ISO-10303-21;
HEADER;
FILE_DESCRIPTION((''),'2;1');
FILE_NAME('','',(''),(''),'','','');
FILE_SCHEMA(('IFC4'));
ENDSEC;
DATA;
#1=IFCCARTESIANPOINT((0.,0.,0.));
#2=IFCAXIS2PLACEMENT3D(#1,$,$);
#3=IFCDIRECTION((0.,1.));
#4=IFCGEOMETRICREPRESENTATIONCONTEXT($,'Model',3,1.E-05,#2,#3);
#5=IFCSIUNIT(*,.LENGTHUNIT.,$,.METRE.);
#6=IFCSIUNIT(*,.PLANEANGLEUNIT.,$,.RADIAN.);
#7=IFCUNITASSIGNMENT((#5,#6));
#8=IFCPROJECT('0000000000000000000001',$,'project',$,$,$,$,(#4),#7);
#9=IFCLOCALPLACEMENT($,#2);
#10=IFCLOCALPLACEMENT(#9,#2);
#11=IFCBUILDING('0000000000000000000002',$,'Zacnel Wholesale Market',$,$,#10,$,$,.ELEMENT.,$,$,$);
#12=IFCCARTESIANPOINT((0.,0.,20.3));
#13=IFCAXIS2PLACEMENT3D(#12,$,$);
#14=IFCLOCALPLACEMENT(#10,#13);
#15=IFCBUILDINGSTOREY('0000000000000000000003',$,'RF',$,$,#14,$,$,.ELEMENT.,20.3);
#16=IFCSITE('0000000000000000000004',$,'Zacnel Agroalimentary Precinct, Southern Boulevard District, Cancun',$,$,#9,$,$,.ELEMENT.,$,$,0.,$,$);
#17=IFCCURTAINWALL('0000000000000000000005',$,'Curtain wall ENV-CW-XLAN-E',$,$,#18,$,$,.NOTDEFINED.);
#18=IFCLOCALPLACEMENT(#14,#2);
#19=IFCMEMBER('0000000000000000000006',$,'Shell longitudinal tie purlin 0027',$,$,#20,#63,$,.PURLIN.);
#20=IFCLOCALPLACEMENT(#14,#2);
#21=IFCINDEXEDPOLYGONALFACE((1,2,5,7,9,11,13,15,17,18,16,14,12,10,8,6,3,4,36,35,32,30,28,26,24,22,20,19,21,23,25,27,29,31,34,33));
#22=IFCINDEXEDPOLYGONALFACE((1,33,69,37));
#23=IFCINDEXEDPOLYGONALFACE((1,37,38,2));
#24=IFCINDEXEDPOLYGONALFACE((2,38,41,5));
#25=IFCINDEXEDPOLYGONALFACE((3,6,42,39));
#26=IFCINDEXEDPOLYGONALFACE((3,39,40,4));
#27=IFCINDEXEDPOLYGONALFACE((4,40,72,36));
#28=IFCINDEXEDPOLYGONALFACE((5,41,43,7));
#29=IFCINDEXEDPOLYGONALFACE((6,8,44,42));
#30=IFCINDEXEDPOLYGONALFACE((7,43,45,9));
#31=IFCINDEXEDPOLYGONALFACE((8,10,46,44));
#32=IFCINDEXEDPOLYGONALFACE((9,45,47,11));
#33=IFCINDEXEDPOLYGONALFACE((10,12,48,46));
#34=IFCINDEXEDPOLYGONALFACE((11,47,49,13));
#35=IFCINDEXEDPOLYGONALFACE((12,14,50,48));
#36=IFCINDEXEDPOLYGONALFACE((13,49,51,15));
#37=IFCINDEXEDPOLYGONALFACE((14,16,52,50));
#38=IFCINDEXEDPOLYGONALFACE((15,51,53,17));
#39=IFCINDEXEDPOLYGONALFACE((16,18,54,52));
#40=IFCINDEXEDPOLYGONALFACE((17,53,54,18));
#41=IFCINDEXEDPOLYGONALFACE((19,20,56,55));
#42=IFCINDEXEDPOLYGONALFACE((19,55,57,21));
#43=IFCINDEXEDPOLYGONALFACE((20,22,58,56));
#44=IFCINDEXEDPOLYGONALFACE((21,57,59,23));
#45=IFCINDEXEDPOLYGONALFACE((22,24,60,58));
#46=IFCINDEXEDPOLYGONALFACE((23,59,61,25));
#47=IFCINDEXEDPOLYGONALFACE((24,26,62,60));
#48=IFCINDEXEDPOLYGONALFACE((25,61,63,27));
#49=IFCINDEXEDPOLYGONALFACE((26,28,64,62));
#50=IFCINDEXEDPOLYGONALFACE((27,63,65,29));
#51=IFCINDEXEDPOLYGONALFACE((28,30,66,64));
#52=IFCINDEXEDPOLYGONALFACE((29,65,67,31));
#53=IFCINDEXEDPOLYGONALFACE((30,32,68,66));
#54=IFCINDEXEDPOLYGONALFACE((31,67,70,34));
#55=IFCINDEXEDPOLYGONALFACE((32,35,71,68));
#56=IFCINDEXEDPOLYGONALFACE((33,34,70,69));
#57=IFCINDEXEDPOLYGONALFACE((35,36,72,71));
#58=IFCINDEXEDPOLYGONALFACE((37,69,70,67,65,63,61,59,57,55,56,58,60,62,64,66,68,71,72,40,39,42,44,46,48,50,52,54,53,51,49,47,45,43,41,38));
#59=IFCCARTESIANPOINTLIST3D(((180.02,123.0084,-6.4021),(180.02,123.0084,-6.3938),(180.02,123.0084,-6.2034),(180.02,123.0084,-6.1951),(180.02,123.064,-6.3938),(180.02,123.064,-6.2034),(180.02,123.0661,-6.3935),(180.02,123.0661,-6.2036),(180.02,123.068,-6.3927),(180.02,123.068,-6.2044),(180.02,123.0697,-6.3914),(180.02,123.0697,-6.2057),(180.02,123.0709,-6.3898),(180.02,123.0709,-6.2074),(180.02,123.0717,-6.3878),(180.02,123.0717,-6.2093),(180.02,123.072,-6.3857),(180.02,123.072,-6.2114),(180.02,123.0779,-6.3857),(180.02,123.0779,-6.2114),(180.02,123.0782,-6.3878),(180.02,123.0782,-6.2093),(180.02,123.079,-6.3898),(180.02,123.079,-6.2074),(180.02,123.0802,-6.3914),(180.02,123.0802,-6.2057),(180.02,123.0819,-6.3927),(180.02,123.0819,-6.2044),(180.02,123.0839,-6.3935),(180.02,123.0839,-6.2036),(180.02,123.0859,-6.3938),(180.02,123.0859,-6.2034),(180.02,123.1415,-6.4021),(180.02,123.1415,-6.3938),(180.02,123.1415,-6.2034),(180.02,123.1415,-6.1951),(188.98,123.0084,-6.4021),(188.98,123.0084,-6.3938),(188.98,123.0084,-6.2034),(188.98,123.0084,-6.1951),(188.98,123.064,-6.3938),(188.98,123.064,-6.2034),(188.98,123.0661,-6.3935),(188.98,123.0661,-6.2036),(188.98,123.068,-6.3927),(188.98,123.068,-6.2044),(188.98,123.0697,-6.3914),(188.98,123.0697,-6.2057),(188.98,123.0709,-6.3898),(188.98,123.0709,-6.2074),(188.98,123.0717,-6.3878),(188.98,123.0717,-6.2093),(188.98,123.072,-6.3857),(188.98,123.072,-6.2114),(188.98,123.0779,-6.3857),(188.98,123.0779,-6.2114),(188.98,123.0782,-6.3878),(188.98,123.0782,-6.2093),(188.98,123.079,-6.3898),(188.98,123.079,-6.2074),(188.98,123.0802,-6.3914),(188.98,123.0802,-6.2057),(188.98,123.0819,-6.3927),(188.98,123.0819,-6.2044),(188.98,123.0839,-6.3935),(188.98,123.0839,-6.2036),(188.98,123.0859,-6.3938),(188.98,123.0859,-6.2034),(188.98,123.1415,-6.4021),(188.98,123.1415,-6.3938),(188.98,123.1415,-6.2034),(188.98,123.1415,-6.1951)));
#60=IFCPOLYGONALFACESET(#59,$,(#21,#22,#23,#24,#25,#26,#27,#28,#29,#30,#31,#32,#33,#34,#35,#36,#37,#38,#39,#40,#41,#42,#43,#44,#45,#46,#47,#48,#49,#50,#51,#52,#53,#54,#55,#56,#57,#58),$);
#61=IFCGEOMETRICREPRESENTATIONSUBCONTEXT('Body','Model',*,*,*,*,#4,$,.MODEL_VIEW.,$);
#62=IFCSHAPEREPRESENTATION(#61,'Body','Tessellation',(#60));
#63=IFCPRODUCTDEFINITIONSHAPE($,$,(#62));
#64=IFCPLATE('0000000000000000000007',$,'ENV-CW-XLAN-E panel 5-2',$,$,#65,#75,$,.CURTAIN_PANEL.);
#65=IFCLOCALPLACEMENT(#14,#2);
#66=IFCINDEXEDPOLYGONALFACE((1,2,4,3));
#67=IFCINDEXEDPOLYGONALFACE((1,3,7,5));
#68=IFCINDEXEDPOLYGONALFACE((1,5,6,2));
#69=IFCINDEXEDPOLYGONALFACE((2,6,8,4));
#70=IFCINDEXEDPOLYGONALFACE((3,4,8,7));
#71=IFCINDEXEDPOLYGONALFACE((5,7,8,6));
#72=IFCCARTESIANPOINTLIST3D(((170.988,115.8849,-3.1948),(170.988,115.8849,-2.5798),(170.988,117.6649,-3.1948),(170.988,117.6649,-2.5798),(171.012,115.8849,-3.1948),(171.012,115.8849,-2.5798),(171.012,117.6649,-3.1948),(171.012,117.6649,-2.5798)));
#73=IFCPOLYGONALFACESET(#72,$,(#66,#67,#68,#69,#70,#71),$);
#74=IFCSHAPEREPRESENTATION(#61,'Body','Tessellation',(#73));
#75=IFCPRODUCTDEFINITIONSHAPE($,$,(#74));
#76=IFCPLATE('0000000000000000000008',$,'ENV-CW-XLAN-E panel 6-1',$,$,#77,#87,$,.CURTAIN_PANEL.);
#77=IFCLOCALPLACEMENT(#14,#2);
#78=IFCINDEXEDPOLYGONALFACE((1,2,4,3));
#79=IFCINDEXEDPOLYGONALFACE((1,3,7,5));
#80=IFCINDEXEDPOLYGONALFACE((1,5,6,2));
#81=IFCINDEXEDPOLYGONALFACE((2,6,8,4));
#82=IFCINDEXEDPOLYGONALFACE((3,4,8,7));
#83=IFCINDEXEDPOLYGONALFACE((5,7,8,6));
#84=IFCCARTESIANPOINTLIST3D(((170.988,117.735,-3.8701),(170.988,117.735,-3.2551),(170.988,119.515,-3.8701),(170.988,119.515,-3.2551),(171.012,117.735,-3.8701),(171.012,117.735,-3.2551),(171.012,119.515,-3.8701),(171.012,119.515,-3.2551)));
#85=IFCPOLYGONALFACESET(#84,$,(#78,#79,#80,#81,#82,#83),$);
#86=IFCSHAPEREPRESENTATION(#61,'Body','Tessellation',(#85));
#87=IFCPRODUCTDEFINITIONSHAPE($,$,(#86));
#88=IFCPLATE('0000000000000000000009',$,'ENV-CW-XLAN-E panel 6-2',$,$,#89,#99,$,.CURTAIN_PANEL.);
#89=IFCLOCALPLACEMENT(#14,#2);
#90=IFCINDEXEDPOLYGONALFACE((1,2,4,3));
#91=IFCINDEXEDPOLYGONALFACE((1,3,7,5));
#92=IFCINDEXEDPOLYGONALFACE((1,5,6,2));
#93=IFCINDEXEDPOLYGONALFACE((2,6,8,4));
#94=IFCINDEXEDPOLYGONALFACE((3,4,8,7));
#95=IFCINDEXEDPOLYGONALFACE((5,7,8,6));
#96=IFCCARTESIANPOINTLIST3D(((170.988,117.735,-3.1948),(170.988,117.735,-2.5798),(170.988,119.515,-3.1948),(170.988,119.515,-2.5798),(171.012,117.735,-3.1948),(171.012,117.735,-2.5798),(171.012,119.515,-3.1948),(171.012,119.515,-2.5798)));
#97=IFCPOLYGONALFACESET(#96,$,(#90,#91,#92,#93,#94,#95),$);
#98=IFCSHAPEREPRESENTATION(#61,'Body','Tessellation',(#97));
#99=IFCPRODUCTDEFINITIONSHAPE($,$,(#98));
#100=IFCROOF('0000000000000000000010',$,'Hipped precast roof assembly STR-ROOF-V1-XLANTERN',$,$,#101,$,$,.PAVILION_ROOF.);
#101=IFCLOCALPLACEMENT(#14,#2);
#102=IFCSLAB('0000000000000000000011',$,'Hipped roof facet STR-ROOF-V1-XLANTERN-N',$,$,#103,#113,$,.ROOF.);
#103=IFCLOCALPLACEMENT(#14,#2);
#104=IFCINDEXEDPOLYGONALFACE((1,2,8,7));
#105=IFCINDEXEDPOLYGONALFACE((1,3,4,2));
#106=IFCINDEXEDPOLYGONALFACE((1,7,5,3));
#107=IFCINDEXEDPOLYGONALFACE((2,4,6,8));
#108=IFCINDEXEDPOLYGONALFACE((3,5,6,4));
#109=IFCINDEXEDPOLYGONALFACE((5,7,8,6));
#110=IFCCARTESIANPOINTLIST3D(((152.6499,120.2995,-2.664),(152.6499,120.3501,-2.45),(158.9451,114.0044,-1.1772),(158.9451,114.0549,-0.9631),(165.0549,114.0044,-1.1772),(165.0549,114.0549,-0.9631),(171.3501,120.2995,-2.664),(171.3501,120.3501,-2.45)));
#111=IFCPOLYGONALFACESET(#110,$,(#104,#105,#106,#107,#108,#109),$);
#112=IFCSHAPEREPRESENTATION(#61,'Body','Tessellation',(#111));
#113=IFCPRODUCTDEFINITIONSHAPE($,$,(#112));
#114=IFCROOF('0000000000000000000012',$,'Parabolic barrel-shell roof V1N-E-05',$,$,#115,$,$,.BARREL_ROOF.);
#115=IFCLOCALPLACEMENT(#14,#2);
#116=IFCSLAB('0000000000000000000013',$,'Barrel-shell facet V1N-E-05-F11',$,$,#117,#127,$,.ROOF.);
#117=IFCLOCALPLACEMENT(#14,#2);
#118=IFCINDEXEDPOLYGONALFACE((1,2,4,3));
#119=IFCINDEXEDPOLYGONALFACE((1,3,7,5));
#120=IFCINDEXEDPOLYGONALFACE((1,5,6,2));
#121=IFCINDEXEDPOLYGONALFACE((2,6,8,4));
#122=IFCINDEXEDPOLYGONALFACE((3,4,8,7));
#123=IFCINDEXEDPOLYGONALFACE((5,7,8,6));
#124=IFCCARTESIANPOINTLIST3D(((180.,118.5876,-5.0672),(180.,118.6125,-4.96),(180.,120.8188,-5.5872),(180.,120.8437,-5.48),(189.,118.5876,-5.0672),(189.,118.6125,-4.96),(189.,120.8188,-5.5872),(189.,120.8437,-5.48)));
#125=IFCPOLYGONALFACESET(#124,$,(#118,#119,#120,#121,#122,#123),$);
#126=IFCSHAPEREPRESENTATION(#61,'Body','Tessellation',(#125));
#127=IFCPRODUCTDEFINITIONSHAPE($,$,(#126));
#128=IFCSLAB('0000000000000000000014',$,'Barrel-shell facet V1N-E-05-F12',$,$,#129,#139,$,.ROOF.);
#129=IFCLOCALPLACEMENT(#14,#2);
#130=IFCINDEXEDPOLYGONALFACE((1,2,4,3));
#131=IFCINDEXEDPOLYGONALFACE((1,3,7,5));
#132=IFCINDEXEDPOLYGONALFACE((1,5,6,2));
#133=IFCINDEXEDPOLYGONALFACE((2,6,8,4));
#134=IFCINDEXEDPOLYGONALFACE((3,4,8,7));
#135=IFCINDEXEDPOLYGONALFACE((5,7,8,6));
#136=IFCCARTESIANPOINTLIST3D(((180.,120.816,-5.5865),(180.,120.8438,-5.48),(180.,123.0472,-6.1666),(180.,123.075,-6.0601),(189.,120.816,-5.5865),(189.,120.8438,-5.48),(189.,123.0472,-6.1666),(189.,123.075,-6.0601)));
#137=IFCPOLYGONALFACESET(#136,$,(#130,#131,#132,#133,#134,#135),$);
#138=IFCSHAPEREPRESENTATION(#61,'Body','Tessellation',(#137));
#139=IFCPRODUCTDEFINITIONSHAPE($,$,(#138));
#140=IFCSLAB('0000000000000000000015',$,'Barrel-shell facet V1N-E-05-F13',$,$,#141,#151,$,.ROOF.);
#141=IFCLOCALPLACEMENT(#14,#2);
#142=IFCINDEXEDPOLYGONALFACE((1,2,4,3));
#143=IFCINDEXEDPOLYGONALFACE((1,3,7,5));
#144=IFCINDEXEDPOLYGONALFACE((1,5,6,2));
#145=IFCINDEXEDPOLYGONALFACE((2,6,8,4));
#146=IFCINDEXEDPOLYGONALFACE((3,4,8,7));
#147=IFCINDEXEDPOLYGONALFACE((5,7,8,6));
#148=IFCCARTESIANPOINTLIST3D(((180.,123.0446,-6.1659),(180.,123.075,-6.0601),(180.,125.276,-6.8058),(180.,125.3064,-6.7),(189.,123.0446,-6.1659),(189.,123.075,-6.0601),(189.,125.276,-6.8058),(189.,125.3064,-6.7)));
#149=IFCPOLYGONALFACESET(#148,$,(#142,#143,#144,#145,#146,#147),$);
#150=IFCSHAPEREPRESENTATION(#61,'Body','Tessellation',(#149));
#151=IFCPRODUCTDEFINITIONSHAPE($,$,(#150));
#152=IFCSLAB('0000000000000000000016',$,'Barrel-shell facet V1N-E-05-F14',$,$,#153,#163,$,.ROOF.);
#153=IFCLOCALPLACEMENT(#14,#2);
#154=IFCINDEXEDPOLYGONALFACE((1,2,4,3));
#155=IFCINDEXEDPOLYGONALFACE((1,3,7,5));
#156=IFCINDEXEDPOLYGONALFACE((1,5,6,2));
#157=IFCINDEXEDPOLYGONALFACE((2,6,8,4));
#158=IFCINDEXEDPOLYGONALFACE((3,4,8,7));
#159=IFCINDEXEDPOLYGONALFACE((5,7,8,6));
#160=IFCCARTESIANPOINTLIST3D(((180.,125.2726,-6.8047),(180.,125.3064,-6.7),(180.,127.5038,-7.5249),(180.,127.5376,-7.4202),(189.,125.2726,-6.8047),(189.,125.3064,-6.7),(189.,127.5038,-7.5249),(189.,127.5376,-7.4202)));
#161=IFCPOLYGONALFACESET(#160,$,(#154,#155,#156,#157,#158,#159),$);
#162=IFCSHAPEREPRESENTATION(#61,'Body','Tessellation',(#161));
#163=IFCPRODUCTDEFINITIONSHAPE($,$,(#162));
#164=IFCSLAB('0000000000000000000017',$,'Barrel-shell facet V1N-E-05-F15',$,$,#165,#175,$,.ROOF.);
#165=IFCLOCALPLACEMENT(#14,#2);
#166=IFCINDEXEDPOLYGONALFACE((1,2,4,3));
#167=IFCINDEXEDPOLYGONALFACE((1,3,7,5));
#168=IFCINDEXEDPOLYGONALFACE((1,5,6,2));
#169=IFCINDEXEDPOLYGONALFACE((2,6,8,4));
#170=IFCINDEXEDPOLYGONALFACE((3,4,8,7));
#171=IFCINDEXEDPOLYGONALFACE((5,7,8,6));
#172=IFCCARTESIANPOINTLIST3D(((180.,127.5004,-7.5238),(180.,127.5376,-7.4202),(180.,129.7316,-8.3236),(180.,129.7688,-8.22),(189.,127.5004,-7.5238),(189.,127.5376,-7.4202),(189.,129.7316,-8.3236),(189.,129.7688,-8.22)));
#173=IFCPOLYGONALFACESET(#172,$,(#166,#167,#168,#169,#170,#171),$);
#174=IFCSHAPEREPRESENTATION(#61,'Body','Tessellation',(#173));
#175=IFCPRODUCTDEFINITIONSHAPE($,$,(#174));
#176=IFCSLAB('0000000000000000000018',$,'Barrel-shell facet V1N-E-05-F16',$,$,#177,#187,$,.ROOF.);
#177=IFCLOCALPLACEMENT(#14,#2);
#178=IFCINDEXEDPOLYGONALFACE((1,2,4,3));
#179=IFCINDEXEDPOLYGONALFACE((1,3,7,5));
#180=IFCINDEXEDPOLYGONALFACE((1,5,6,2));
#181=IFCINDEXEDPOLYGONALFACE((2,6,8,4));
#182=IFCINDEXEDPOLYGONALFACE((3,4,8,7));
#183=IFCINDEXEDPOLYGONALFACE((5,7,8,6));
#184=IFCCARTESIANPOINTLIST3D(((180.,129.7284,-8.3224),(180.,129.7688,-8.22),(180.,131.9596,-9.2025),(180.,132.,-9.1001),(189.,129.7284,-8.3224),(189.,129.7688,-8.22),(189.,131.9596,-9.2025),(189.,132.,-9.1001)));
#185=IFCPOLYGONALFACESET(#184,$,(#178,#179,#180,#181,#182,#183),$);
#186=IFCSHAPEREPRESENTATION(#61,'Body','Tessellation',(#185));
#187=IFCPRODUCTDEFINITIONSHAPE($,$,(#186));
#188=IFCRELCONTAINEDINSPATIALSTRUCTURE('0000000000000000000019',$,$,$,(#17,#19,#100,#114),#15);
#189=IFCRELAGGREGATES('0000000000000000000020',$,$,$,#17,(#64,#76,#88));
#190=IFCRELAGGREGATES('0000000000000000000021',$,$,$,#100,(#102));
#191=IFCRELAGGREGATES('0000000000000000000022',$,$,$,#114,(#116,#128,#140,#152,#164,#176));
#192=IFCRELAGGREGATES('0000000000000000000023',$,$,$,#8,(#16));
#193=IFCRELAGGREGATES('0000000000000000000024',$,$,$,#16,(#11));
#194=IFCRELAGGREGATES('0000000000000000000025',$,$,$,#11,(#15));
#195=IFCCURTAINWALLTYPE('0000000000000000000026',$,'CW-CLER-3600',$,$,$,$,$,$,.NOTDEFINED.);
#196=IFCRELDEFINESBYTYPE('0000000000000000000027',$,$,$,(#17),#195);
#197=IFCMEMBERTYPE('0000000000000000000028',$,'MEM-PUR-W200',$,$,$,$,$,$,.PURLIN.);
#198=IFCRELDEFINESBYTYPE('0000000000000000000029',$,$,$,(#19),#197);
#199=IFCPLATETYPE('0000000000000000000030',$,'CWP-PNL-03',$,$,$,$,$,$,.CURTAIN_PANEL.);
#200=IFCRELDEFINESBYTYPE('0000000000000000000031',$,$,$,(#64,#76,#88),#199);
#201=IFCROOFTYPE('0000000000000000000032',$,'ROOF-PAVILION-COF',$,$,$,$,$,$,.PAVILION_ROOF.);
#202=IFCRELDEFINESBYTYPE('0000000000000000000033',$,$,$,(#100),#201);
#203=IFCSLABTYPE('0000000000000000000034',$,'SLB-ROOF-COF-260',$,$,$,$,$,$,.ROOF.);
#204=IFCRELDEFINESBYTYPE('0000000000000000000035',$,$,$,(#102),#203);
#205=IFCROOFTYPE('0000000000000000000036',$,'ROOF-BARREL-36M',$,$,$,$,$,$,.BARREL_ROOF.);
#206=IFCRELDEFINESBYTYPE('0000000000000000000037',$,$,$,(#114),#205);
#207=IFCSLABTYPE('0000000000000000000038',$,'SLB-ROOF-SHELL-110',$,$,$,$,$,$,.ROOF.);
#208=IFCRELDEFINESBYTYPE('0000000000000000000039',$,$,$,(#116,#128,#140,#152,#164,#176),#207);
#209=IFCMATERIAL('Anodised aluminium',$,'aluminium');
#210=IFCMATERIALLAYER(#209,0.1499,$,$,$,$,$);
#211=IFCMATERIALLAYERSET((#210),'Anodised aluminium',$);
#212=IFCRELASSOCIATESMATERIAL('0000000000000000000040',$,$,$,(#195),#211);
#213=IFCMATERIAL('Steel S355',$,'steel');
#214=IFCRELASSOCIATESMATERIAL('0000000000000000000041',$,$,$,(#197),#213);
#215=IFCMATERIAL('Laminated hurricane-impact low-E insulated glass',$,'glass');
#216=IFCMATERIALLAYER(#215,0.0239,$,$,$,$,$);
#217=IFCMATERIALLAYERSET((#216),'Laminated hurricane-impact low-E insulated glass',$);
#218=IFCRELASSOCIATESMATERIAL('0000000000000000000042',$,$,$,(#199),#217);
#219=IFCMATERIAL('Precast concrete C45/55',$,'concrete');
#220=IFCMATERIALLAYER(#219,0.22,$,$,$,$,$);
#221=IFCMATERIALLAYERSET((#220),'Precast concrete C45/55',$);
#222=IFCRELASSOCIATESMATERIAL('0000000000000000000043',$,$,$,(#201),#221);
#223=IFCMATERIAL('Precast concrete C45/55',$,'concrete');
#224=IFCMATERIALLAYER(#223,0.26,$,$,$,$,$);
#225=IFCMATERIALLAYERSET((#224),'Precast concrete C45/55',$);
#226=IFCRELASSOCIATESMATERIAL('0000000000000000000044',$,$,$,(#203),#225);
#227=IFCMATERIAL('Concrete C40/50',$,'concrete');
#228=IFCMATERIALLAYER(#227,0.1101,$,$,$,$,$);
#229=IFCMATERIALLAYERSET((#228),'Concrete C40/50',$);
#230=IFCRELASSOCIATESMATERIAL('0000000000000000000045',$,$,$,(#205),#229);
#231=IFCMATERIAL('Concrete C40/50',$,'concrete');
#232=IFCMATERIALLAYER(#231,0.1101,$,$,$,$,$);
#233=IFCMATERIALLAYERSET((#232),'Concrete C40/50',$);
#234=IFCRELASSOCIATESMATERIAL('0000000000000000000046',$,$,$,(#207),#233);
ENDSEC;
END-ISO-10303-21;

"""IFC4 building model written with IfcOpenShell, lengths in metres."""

from ifc_helpers import new_model, si_unit, direction, frame, origin, origin_2d, place, context, subcontext, project, spatial, polyline, rectangle, i_section, outline, extrude, material, layer, layer_set, material_profile, profile_set, type_object, element, aggregate, save


model = new_model("IFC4")

# Units and contexts
model_context = context("Model", 3, precision=1e-05, world=origin(), true_north=direction((0.0, 1.0)))
body_context = subcontext(model_context, "Body", "Model", "MODEL_VIEW")
ifc_project = project(units=[si_unit("LENGTHUNIT", "METRE"), si_unit("PLANEANGLEUNIT", "RADIAN")], contexts=[model_context])

# Site, building, storey
site_placement = place(None, origin())
site = spatial("IfcSite", under=ifc_project, at=site_placement, Name="Zacnel Agroalimentary Precinct, Southern Boulevard District, Cancun", CompositionType="ELEMENT", RefElevation=0.0)
building_placement = place(site_placement, origin())
building = spatial("IfcBuilding", under=site, at=building_placement, Name="Zacnel Wholesale Market", CompositionType="ELEMENT")
storey_placement = place(building_placement, frame((0.0, 0.0, 20.3)))
storey = spatial("IfcBuildingStorey", under=building, at=storey_placement, Name="RF", CompositionType="ELEMENT", Elevation=20.3)

# Curtain wall
ifc_material_1 = material(Name="Anodised aluminium", Category="aluminium")
ifc_layer_1 = layer(ifc_material_1, 0.1499)
ifc_layer_set_1 = layer_set([ifc_layer_1], Name="Anodised aluminium")
curtain_wall_type = type_object("IfcCurtainWallType", Name="CW-CLER-3600", PredefinedType="NOTDEFINED", material=ifc_layer_set_1)
curtain_wall_placement = place(storey_placement, origin())
curtain_wall = element("IfcCurtainWall", 1, at=curtain_wall_placement, inside=storey, type_object=curtain_wall_type, Name="Curtain wall ENV-CW-XLAN-E", PredefinedType="NOTDEFINED")

# Member
ifc_material_2 = material(Name="Steel S355", Category="steel")
ifc_material_profile_1 = material_profile(ifc_material_2, i_section(OverallWidth=0.1331, OverallDepth=0.207, WebThickness=0.0059, FlangeThickness=0.0083, FilletRadius=0.0081, at=origin_2d()), Name="W200X26.6")
ifc_profile_set_1 = profile_set([ifc_material_profile_1], Name="Steel S355")
member_type_1 = type_object("IfcMemberType", Name="MEM-PUR-W200", PredefinedType="PURLIN", material=ifc_profile_set_1)
member_1_placement = place(storey_placement, frame((180.02, 123.075, -6.2986), z_axis=(1.0, 0.0, 0.0), x_axis=(0.0, 1.0, 0.0)))
element("IfcMember", 2, at=member_1_placement, inside=storey, type_object=member_type_1, Name="Shell longitudinal tie purlin 0027", PredefinedType="PURLIN", context=body_context, shape_type="SweptSolid", body=[
    extrude(i_section(OverallWidth=0.1331, OverallDepth=0.207, WebThickness=0.0059, FlangeThickness=0.0083, FilletRadius=0.0081, at=origin_2d()), origin(), (0.0, 0.0, 1.0), 8.96),
])

# Plates
ifc_material_3 = material(Name="Laminated hurricane-impact low-E insulated glass", Category="glass")
ifc_layer_2 = layer(ifc_material_3, 0.0239)
ifc_layer_set_2 = layer_set([ifc_layer_2], Name="Laminated hurricane-impact low-E insulated glass")
plate_type = type_object("IfcPlateType", Name="CWP-PNL-03", PredefinedType="CURTAIN_PANEL", material=ifc_layer_set_2)
plate_1_placement = place(storey_placement, frame((171.0, 116.7749, -3.1948), z_axis=(0.0, 0.0, 1.0), x_axis=(0.0, 1.0, 0.0)))
plate_1 = element("IfcPlate", 3, at=plate_1_placement, type_object=plate_type, Name="ENV-CW-XLAN-E panel 5-2", PredefinedType="CURTAIN_PANEL", context=body_context, shape_type="SweptSolid", body=[
    extrude(rectangle(XDim=1.78, YDim=0.0239, at=origin_2d()), origin(), (0.0, 0.0, 1.0), 0.615),
])
plate_2_placement = place(storey_placement, frame((171.0, 118.625, -3.8701), z_axis=(0.0, 0.0, 1.0), x_axis=(0.0, 1.0, 0.0)))
plate_2 = element("IfcPlate", 4, at=plate_2_placement, type_object=plate_type, Name="ENV-CW-XLAN-E panel 6-1", PredefinedType="CURTAIN_PANEL", context=body_context, shape_type="SweptSolid", body=[
    extrude(rectangle(XDim=1.78, YDim=0.0239, at=origin_2d()), origin(), (0.0, 0.0, 1.0), 0.615),
])
plate_3_placement = place(storey_placement, frame((171.0, 118.625, -3.1948), z_axis=(0.0, 0.0, 1.0), x_axis=(0.0, 1.0, 0.0)))
plate_3 = element("IfcPlate", 5, at=plate_3_placement, type_object=plate_type, Name="ENV-CW-XLAN-E panel 6-2", PredefinedType="CURTAIN_PANEL", context=body_context, shape_type="SweptSolid", body=[
    extrude(rectangle(XDim=1.78, YDim=0.0239, at=origin_2d()), origin(), (0.0, 0.0, 1.0), 0.615),
])
aggregate(curtain_wall, [plate_1, plate_2, plate_3])

# Roof, slab
ifc_material_4 = material(Name="Precast concrete C45/55", Category="concrete")
ifc_layer_3 = layer(ifc_material_4, 0.22)
ifc_layer_set_3 = layer_set([ifc_layer_3], Name="Precast concrete C45/55")
roof_type_1 = type_object("IfcRoofType", Name="ROOF-PAVILION-COF", PredefinedType="PAVILION_ROOF", material=ifc_layer_set_3)
roof_1_placement = place(storey_placement, origin())
roof_1 = element("IfcRoof", 6, at=roof_1_placement, inside=storey, type_object=roof_type_1, Name="Hipped precast roof assembly STR-ROOF-V1-XLANTERN", PredefinedType="PAVILION_ROOF")
ifc_material_5 = material(Name="Precast concrete C45/55", Category="concrete")
ifc_layer_4 = layer(ifc_material_5, 0.26)
ifc_layer_set_4 = layer_set([ifc_layer_4], Name="Precast concrete C45/55")
slab_type_1 = type_object("IfcSlabType", Name="SLB-ROOF-COF-260", PredefinedType="ROOF", material=ifc_layer_set_4)
slab_1_placement = place(storey_placement, frame((171.3501, 120.3501, -2.45), z_axis=(0.0, 0.22986, 0.973224), x_axis=(-1.0, 0.0, 0.0)))
slab_1 = element("IfcSlab", 7, at=slab_1_placement, type_object=slab_type_1, Name="Hipped roof facet STR-ROOF-V1-XLANTERN-N", PredefinedType="ROOF", context=body_context, shape_type="SweptSolid", body=[
    extrude(outline(polyline([(0.0, 0.0), (18.7002, 0.0), (12.405, 6.4684), (6.2952, 6.4684), (0.0, 0.0)])), origin(), (0.0, 0.0, -1.0), 0.22),
])
aggregate(roof_1, [slab_1])

# Roof, slabs
ifc_material_6 = material(Name="Concrete C40/50", Category="concrete")
ifc_layer_5 = layer(ifc_material_6, 0.1101)
ifc_layer_set_5 = layer_set([ifc_layer_5], Name="Concrete C40/50")
roof_type_2 = type_object("IfcRoofType", Name="ROOF-BARREL-36M", PredefinedType="BARREL_ROOF", material=ifc_layer_set_5)
roof_2_placement = place(storey_placement, origin())
roof_2 = element("IfcRoof", 8, at=roof_2_placement, inside=storey, type_object=roof_type_2, Name="Parabolic barrel-shell roof V1N-E-05", PredefinedType="BARREL_ROOF")
ifc_material_7 = material(Name="Concrete C40/50", Category="concrete")
ifc_layer_6 = layer(ifc_material_7, 0.1101)
ifc_layer_set_6 = layer_set([ifc_layer_6], Name="Concrete C40/50")
slab_type_2 = type_object("IfcSlabType", Name="SLB-ROOF-SHELL-110", PredefinedType="ROOF", material=ifc_layer_set_6)
slab_2_placement = place(storey_placement, frame((180.0, 118.6125, -4.96), z_axis=(0.0, 0.226984, 0.973899), x_axis=(1.0, 0.0, 0.0)))
slab_2 = element("IfcSlab", 9, at=slab_2_placement, type_object=slab_type_2, Name="Barrel-shell facet V1N-E-05-F11", PredefinedType="ROOF", context=body_context, shape_type="SweptSolid", body=[
    extrude(outline(polyline([(0.0, 0.0), (9.0, 0.0), (9.0, 2.291), (0.0, 2.291), (0.0, 0.0)])), origin(), (0.0, 0.0, -1.0), 0.1101),
])
slab_3_placement = place(storey_placement, frame((180.0, 120.8438, -5.48), z_axis=(0.0, 0.25162, 0.967826), x_axis=(1.0, 0.0, 0.0)))
slab_3 = element("IfcSlab", 10, at=slab_3_placement, type_object=slab_type_2, Name="Barrel-shell facet V1N-E-05-F12", PredefinedType="ROOF", context=body_context, shape_type="SweptSolid", body=[
    extrude(outline(polyline([(0.0, 0.0), (9.0, 0.0), (9.0, 2.3054), (0.0, 2.3054), (0.0, 0.0)])), origin(), (0.0, 0.0, -1.0), 0.1101),
])
slab_4_placement = place(storey_placement, frame((180.0, 123.075, -6.0601), z_axis=(0.0, 0.275652, 0.961258), x_axis=(1.0, 0.0, 0.0)))
slab_4 = element("IfcSlab", 11, at=slab_4_placement, type_object=slab_type_2, Name="Barrel-shell facet V1N-E-05-F13", PredefinedType="ROOF", context=body_context, shape_type="SweptSolid", body=[
    extrude(outline(polyline([(0.0, 0.0), (9.0, 0.0), (9.0, 2.3214), (0.0, 2.3214), (0.0, 0.0)])), origin(), (0.0, 0.0, -1.0), 0.1101),
])
slab_5_placement = place(storey_placement, frame((180.0, 125.3064, -6.7), z_axis=(0.0, 0.307185, 0.95165), x_axis=(1.0, 0.0, 0.0)))
slab_5 = element("IfcSlab", 12, at=slab_5_placement, type_object=slab_type_2, Name="Barrel-shell facet V1N-E-05-F14", PredefinedType="ROOF", context=body_context, shape_type="SweptSolid", body=[
    extrude(outline(polyline([(0.0, 0.0), (9.0, 0.0), (9.0, 2.3446), (0.0, 2.3446), (0.0, 0.0)])), origin(), (0.0, 0.0, -1.0), 0.1101),
])
slab_6_placement = place(storey_placement, frame((180.0, 127.5376, -7.4202), z_axis=(0.0, 0.337439, 0.941347), x_axis=(1.0, 0.0, 0.0)))
slab_6 = element("IfcSlab", 13, at=slab_6_placement, type_object=slab_type_2, Name="Barrel-shell facet V1N-E-05-F15", PredefinedType="ROOF", context=body_context, shape_type="SweptSolid", body=[
    extrude(outline(polyline([(0.0, 0.0), (9.0, 0.0), (9.0, 2.3702), (0.0, 2.3702), (0.0, 0.0)])), origin(), (0.0, 0.0, -1.0), 0.1101),
])
slab_7_placement = place(storey_placement, frame((180.0, 129.7688, -8.22), z_axis=(0.0, 0.366946, 0.930242), x_axis=(1.0, 0.0, 0.0)))
slab_7 = element("IfcSlab", 14, at=slab_7_placement, type_object=slab_type_2, Name="Barrel-shell facet V1N-E-05-F16", PredefinedType="ROOF", context=body_context, shape_type="SweptSolid", body=[
    extrude(outline(polyline([(0.0, 0.0), (9.0, 0.0), (9.0, 2.3985), (0.0, 2.3985), (0.0, 0.0)])), origin(), (0.0, 0.0, -1.0), 0.1101),
])
aggregate(roof_2, [slab_2, slab_3, slab_4, slab_5, slab_6, slab_7])

save(model, "model.ifc")
